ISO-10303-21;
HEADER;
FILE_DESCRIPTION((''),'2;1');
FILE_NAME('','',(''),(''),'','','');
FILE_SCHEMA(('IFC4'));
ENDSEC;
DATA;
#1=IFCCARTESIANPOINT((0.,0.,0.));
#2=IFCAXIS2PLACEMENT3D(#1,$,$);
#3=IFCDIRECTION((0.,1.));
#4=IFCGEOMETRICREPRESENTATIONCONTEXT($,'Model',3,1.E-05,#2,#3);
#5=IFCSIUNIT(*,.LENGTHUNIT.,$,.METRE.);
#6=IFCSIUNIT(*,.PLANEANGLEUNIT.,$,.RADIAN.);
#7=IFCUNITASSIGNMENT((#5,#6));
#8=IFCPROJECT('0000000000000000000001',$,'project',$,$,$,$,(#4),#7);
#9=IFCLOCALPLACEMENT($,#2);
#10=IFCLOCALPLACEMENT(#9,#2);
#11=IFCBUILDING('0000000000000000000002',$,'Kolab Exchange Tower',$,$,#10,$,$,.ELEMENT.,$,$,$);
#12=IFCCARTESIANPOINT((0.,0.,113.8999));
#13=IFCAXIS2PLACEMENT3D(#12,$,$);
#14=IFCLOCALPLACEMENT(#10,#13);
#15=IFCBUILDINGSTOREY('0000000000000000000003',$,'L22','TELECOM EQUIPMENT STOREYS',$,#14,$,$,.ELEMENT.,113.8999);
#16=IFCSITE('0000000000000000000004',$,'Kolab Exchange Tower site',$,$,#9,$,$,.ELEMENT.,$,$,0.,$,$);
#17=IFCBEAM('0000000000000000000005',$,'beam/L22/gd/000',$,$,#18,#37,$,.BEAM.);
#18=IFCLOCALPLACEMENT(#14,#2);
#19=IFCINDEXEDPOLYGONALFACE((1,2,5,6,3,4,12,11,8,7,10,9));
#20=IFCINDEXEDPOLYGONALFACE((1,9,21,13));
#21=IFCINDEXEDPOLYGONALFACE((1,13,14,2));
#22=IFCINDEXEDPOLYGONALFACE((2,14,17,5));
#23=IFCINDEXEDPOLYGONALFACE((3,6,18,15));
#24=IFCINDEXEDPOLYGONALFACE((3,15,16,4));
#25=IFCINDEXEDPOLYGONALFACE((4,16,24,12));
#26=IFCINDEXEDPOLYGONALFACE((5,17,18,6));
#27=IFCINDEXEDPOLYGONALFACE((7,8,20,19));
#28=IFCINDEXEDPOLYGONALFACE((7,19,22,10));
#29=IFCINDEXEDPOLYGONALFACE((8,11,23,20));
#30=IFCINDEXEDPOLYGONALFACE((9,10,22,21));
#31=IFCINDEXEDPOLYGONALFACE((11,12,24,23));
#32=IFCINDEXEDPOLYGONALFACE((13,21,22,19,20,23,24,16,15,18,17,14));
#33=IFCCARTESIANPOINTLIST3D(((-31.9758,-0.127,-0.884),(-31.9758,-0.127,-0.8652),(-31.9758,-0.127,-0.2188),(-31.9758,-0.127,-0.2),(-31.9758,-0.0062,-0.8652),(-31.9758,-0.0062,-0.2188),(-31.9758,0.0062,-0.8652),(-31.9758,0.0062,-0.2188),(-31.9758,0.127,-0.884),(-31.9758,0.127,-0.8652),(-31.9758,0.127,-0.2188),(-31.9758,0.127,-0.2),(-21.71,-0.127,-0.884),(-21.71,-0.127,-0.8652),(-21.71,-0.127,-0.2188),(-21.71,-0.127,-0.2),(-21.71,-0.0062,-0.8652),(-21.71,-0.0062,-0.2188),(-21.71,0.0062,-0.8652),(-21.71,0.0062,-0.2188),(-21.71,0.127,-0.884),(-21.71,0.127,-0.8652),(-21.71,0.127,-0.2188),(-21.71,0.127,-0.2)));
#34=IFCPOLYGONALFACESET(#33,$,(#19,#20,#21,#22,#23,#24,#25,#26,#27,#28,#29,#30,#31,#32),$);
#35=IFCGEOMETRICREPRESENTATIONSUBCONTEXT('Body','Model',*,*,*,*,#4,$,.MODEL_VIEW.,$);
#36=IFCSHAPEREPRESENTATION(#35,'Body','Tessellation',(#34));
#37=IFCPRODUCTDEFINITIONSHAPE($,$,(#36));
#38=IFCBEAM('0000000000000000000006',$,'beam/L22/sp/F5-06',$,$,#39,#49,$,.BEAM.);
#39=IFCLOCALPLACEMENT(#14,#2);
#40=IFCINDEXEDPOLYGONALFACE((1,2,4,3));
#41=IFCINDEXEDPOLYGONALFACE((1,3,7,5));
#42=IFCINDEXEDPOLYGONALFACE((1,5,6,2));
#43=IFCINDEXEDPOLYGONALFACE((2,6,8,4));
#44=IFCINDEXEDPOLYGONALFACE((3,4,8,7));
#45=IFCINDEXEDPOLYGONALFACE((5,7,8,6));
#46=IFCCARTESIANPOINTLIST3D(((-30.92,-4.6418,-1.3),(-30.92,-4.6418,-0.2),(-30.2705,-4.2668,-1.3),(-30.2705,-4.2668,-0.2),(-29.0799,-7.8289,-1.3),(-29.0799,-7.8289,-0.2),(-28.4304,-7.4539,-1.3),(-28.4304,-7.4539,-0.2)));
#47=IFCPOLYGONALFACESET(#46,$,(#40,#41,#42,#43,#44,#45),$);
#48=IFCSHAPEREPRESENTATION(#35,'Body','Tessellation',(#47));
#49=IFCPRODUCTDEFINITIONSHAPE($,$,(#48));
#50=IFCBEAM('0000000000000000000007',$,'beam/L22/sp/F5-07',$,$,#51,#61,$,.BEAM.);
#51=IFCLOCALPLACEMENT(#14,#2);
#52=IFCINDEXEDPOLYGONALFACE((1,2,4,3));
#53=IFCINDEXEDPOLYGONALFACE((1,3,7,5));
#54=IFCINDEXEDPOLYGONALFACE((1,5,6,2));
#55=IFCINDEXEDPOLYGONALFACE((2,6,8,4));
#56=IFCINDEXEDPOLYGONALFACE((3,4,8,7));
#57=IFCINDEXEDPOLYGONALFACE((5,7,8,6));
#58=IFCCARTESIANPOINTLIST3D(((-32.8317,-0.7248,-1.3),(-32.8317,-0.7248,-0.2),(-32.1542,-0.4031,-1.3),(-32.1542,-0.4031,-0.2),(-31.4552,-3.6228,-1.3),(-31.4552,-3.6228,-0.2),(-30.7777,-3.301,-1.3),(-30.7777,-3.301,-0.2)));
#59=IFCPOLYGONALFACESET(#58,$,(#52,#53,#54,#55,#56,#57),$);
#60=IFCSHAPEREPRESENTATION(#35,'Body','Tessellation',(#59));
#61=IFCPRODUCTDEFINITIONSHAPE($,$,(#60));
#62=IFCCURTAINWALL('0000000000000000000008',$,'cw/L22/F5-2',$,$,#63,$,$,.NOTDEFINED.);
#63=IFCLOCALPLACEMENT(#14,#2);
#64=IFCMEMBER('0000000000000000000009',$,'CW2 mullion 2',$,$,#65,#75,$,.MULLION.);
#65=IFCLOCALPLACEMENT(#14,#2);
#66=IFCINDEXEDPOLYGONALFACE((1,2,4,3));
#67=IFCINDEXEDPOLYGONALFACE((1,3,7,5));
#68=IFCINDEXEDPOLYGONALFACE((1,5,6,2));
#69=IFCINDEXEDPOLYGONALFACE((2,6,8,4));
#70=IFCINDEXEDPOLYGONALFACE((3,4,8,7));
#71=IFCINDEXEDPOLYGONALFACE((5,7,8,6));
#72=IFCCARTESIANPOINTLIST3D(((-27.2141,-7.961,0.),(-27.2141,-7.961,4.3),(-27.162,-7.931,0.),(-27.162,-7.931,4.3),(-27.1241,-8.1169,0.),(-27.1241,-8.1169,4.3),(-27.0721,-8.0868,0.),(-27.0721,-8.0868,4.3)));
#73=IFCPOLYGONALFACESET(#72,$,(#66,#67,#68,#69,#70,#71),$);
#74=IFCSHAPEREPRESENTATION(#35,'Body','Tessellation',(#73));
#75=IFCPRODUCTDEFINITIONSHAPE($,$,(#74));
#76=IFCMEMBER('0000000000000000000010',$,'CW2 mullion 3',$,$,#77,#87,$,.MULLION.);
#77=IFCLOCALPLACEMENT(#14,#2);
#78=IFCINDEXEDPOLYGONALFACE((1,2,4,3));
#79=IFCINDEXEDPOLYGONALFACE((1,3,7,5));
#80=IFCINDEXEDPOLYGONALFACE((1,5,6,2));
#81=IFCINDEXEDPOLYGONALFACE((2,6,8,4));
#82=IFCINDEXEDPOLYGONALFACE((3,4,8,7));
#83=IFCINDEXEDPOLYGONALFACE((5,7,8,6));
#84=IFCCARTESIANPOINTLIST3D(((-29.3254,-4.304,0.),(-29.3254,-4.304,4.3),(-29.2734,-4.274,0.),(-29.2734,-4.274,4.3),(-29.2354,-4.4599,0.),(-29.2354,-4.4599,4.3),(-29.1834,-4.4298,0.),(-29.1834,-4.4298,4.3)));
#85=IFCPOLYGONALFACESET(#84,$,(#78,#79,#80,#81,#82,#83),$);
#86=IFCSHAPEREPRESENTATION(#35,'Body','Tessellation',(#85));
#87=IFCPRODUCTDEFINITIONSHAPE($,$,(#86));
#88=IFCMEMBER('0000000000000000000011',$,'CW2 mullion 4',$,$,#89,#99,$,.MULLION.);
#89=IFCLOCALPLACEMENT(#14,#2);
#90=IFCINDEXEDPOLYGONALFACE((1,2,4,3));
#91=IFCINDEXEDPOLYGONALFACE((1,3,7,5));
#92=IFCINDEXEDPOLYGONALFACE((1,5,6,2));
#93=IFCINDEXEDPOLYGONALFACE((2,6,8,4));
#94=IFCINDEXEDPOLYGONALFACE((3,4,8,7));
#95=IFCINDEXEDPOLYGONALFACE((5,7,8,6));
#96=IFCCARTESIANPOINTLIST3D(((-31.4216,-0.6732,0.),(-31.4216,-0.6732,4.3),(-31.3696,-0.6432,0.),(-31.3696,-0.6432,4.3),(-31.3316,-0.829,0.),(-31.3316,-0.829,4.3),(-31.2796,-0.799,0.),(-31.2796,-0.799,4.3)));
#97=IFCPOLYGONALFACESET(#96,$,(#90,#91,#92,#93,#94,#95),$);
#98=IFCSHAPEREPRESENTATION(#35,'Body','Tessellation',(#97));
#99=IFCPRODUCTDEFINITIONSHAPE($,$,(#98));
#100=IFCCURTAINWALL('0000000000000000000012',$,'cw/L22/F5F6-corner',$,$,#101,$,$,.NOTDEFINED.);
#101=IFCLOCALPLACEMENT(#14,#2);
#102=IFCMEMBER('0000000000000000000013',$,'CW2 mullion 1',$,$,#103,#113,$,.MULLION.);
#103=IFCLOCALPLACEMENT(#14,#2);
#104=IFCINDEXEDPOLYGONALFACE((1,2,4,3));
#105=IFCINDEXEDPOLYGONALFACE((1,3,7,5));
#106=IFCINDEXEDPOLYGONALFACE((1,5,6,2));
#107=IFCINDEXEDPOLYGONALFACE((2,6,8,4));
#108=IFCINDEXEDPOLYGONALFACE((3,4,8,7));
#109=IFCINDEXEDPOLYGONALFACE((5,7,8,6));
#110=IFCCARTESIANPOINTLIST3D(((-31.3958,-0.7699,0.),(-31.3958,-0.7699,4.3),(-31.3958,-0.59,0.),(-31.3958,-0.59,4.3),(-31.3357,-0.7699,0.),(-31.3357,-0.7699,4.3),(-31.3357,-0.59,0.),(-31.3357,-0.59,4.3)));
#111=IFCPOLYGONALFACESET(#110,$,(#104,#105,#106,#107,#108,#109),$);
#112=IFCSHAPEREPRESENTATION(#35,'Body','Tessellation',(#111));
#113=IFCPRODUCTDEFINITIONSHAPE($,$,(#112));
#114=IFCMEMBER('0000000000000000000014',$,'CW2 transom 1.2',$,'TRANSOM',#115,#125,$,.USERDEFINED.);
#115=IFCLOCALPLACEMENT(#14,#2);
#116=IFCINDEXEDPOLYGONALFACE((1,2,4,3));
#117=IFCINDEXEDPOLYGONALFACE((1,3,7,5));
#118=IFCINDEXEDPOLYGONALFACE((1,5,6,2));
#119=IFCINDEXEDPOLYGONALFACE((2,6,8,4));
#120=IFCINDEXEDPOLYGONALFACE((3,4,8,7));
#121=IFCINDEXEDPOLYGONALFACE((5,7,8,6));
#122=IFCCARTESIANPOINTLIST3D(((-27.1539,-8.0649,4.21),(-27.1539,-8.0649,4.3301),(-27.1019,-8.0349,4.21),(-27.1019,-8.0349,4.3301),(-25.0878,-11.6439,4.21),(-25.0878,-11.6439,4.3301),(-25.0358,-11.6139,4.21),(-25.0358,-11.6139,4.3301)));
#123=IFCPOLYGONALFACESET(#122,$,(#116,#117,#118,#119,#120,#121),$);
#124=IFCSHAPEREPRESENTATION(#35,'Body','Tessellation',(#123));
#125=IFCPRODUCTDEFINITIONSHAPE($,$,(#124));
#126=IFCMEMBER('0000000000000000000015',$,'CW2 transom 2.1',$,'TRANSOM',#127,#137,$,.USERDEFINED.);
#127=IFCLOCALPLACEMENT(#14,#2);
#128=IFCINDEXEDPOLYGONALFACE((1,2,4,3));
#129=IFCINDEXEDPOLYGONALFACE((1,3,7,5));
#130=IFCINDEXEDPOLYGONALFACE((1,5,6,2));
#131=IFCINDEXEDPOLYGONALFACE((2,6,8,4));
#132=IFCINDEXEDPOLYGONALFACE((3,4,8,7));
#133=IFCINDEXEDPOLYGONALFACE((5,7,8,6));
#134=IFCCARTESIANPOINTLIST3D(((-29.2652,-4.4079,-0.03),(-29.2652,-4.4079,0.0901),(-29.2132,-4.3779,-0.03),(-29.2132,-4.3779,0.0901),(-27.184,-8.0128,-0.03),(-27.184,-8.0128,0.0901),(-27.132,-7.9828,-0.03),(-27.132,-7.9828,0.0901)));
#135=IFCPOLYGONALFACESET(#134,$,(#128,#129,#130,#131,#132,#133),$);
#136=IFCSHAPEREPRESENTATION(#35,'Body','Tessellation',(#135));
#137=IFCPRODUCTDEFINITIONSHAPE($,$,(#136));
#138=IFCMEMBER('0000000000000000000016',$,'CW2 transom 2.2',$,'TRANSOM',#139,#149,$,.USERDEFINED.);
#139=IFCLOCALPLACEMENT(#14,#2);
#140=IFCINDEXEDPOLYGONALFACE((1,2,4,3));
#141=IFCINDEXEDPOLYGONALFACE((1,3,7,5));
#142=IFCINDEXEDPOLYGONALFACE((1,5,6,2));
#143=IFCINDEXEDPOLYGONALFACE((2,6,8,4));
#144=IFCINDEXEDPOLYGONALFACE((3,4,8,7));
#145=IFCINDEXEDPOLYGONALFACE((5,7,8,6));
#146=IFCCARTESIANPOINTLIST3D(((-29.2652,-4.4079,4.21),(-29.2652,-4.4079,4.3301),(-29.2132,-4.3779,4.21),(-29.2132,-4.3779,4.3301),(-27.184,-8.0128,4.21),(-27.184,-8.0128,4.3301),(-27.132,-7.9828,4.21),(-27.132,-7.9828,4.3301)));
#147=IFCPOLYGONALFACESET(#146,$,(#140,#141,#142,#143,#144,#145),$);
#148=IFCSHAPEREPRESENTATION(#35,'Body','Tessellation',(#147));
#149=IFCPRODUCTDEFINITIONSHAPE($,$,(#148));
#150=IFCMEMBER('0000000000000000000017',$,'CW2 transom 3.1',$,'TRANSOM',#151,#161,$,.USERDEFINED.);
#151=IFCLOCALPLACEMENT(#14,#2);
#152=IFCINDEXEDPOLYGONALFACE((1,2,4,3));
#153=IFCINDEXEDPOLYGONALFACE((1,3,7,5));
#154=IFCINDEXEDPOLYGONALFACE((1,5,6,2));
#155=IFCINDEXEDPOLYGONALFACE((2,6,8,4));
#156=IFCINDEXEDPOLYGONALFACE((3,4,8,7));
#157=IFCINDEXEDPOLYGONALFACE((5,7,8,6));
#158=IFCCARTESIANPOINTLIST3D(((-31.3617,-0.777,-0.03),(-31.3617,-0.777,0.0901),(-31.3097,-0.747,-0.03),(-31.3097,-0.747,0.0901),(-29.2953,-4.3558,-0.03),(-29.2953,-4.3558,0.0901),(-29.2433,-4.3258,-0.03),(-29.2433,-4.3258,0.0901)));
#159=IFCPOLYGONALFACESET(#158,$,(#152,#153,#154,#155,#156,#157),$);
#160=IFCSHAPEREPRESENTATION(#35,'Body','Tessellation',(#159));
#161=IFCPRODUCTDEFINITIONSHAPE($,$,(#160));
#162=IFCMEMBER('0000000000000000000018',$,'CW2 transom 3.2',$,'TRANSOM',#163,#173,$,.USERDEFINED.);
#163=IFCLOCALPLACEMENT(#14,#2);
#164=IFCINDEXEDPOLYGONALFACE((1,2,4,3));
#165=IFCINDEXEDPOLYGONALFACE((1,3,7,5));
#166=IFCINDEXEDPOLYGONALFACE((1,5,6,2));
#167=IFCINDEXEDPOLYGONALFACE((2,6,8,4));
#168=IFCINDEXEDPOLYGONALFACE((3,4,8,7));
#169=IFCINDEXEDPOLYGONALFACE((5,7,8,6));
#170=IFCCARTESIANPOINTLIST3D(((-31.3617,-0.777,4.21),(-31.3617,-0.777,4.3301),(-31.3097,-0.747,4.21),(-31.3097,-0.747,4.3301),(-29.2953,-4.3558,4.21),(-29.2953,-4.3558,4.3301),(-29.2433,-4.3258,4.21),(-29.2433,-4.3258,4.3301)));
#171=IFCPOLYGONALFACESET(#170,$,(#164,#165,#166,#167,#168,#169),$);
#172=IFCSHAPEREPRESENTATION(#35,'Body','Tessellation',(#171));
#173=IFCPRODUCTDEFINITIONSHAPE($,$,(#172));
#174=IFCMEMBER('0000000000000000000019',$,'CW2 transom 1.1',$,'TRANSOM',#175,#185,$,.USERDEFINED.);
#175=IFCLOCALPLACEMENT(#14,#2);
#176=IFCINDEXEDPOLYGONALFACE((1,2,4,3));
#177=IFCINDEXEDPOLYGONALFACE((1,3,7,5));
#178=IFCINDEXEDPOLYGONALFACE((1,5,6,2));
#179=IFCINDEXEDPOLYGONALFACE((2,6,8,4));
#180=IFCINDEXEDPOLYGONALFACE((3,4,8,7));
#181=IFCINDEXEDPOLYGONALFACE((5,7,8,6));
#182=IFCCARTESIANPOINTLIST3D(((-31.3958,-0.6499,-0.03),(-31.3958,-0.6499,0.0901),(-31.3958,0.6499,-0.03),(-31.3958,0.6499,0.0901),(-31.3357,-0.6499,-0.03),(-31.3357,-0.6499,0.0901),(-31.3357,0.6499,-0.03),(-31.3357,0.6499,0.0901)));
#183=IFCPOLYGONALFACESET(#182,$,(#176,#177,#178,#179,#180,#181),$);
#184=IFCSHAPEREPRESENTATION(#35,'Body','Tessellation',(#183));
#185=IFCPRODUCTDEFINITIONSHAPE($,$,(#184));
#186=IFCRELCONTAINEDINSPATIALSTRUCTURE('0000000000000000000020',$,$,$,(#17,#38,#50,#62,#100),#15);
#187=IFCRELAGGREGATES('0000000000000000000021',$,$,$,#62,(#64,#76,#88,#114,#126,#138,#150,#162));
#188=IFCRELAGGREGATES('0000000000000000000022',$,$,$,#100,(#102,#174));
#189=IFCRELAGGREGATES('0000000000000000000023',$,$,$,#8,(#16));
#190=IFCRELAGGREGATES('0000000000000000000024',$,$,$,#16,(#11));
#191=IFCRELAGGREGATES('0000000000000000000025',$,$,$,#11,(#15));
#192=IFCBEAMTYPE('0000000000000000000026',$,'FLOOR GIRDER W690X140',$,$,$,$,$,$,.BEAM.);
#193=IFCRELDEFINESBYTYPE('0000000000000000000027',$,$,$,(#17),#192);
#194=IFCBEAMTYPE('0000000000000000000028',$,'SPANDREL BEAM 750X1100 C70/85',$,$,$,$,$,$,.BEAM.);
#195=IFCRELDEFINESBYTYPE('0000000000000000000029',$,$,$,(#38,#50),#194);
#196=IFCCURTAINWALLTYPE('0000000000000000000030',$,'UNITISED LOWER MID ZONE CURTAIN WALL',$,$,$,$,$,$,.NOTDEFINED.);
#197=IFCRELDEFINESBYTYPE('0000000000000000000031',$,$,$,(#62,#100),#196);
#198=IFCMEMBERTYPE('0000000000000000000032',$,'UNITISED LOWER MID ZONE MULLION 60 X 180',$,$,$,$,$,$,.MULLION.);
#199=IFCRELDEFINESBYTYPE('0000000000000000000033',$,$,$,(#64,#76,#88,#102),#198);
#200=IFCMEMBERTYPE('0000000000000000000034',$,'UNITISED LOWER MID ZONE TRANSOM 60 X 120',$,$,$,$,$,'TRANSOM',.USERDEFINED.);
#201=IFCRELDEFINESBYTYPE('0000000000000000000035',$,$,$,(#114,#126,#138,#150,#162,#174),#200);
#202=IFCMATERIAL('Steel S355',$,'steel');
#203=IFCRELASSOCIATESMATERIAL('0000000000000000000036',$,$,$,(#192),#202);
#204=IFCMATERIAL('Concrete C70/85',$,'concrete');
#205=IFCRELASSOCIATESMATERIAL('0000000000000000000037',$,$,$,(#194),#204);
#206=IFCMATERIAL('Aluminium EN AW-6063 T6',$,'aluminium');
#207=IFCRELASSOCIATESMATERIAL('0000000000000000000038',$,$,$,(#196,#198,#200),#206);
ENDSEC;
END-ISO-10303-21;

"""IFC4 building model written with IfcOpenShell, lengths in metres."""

from ifc_helpers import new_model, si_unit, direction, frame, origin, origin_2d, place, context, subcontext, project, spatial, rectangle, i_section, extrude, material, material_profile, profile_set, type_object, element, aggregate, save


model = new_model("IFC4")

# Units and contexts
model_context = context("Model", 3, precision=1e-05, world=origin(), true_north=direction((0.0, 1.0)))
body_context = subcontext(model_context, "Body", "Model", "MODEL_VIEW")
ifc_project = project(units=[si_unit("LENGTHUNIT", "METRE"), si_unit("PLANEANGLEUNIT", "RADIAN")], contexts=[model_context])

# Site, building, storey
site_placement = place(None, origin())
site = spatial("IfcSite", under=ifc_project, at=site_placement, Name="Kolab Exchange Tower site", CompositionType="ELEMENT", RefElevation=0.0)
building_placement = place(site_placement, origin())
building = spatial("IfcBuilding", under=site, at=building_placement, Name="Kolab Exchange Tower", CompositionType="ELEMENT")
storey_placement = place(building_placement, frame((0.0, 0.0, 113.8999)))
storey = spatial("IfcBuildingStorey", under=building, at=storey_placement, Name="L22", Description="TELECOM EQUIPMENT STOREYS", CompositionType="ELEMENT", Elevation=113.8999)

# Shared definitions
ifc_material_1 = material(Name="Concrete C70/85", Category="concrete")

# Beams
ifc_material_2 = material(Name="Steel S355", Category="steel")
ifc_material_profile_1 = material_profile(ifc_material_2, i_section(OverallWidth=0.2539, OverallDepth=0.6841, WebThickness=0.0125, FlangeThickness=0.0188, at=origin_2d()), Name="W690X140")
ifc_profile_set_1 = profile_set([ifc_material_profile_1], Name="Steel S355")
beam_type_1 = type_object("IfcBeamType", Name="FLOOR GIRDER W690X140", PredefinedType="BEAM", material=ifc_profile_set_1)
beam_1_placement = place(storey_placement, frame((-31.9758, 0.0, -0.542), z_axis=(1.0, 0.0, 0.0), x_axis=(0.0, 1.0, 0.0)))
element("IfcBeam", 1, at=beam_1_placement, inside=storey, type_object=beam_type_1, Name="beam/L22/gd/000", PredefinedType="BEAM", context=body_context, shape_type="SweptSolid", body=[
    extrude(i_section(OverallWidth=0.2539, OverallDepth=0.6841, WebThickness=0.0125, FlangeThickness=0.0188, at=origin_2d()), origin(), (0.0, 0.0, 1.0), 10.2659),
])
ifc_material_profile_2 = material_profile(ifc_material_1, rectangle(XDim=0.75, YDim=1.1001, at=origin_2d()), Name="RC750X1100")
ifc_profile_set_2 = profile_set([ifc_material_profile_2], Name="Concrete C70/85")
beam_type_2 = type_object("IfcBeamType", Name="SPANDREL BEAM 750X1100 C70/85", PredefinedType="BEAM", material=ifc_profile_set_2)
beam_2_placement = place(storey_placement, frame((-28.7551, -7.6414, -0.75), z_axis=(-0.500013, 0.866018, 0.0), x_axis=(-0.866018, -0.500013, 0.0)))
element("IfcBeam", 2, at=beam_2_placement, inside=storey, type_object=beam_type_2, Name="beam/L22/sp/F5-06", PredefinedType="BEAM", context=body_context, shape_type="SweptSolid", body=[
    extrude(rectangle(XDim=0.75, YDim=1.1001, at=origin_2d()), origin(), (0.0, 0.0, 1.0), 3.6802),
])
beam_3_placement = place(storey_placement, frame((-31.1165, -3.4619, -0.75), z_axis=(-0.429041, 0.903285, 0.0), x_axis=(-0.903285, -0.429041, 0.0)))
element("IfcBeam", 3, at=beam_3_placement, inside=storey, type_object=beam_type_2, Name="beam/L22/sp/F5-07", PredefinedType="BEAM", context=body_context, shape_type="SweptSolid", body=[
    extrude(rectangle(XDim=0.75, YDim=1.1001, at=origin_2d()), origin(), (0.0, 0.0, 1.0), 3.2083),
])

# Curtain wall, members
ifc_material_3 = material(Name="Aluminium EN AW-6063 T6", Category="aluminium")
curtain_wall_type = type_object("IfcCurtainWallType", Name="UNITISED LOWER MID ZONE CURTAIN WALL", PredefinedType="NOTDEFINED", material=ifc_material_3)
curtain_wall_1_placement = place(storey_placement, origin())
curtain_wall_1 = element("IfcCurtainWall", 4, at=curtain_wall_1_placement, inside=storey, type_object=curtain_wall_type, Name="cw/L22/F5-2", PredefinedType="NOTDEFINED")
ifc_material_profile_3 = material_profile(ifc_material_3, rectangle(XDim=0.0601, YDim=0.1799, at=origin_2d()), Name="RECT 60X180")
ifc_profile_set_3 = profile_set([ifc_material_profile_3], Name="Aluminium EN AW-6063 T6")
member_type_1 = type_object("IfcMemberType", Name="UNITISED LOWER MID ZONE MULLION 60 X 180", PredefinedType="MULLION", material=ifc_profile_set_3)
member_1_placement = place(storey_placement, frame((-27.1431, -8.0239, 0.0), z_axis=(0.0, 0.0, 1.0), x_axis=(-0.866025, -0.5, 0.0)))
member_1 = element("IfcMember", 5, at=member_1_placement, type_object=member_type_1, Name="CW2 mullion 2", PredefinedType="MULLION", context=body_context, shape_type="SweptSolid", body=[
    extrude(rectangle(XDim=0.0601, YDim=0.1799, at=origin_2d()), origin(), (0.0, 0.0, 1.0), 4.3),
])
member_2_placement = place(storey_placement, frame((-29.2544, -4.3669, 0.0), z_axis=(0.0, 0.0, 1.0), x_axis=(-0.866025, -0.5, 0.0)))
member_2 = element("IfcMember", 6, at=member_2_placement, type_object=member_type_1, Name="CW2 mullion 3", PredefinedType="MULLION", context=body_context, shape_type="SweptSolid", body=[
    extrude(rectangle(XDim=0.0601, YDim=0.1799, at=origin_2d()), origin(), (0.0, 0.0, 1.0), 4.3),
])
member_3_placement = place(storey_placement, frame((-31.3506, -0.7361, 0.0), z_axis=(0.0, 0.0, 1.0), x_axis=(-0.866025, -0.5, 0.0)))
member_3 = element("IfcMember", 7, at=member_3_placement, type_object=member_type_1, Name="CW2 mullion 4", PredefinedType="MULLION", context=body_context, shape_type="SweptSolid", body=[
    extrude(rectangle(XDim=0.0601, YDim=0.1799, at=origin_2d()), origin(), (0.0, 0.0, 1.0), 4.3),
])

# Curtain wall, member
curtain_wall_2_placement = place(storey_placement, origin())
curtain_wall_2 = element("IfcCurtainWall", 8, at=curtain_wall_2_placement, inside=storey, type_object=curtain_wall_type, Name="cw/L22/F5F6-corner", PredefinedType="NOTDEFINED")
member_4_placement = place(storey_placement, frame((-31.3657, -0.6799, 0.0), z_axis=(0.0, 0.0, 1.0), x_axis=(-1.0, 0.0, 0.0)))
member_4 = element("IfcMember", 9, at=member_4_placement, type_object=member_type_1, Name="CW2 mullion 1", PredefinedType="MULLION", context=body_context, shape_type="SweptSolid", body=[
    extrude(rectangle(XDim=0.0601, YDim=0.1799, at=origin_2d()), origin(), (0.0, 0.0, 1.0), 4.3),
])

# Members
ifc_material_profile_4 = material_profile(ifc_material_3, rectangle(XDim=0.0601, YDim=0.1201, at=origin_2d()), Name="RECT 60X120")
ifc_profile_set_4 = profile_set([ifc_material_profile_4], Name="Aluminium EN AW-6063 T6")
member_type_2 = type_object("IfcMemberType", Name="UNITISED LOWER MID ZONE TRANSOM 60 X 120", ElementType="TRANSOM", PredefinedType="USERDEFINED", material=ifc_profile_set_4)
member_5_placement = place(storey_placement, frame((-25.0618, -11.6289, 4.27), z_axis=(-0.499958, 0.86605, 0.0), x_axis=(-0.86605, -0.499958, 0.0)))
member_5 = element("IfcMember", 10, at=member_5_placement, type_object=member_type_2, Name="CW2 transom 1.2", ObjectType="TRANSOM", PredefinedType="USERDEFINED", context=body_context, shape_type="SweptSolid", body=[
    extrude(rectangle(XDim=0.0601, YDim=0.1201, at=origin_2d()), origin(), (0.0, 0.0, 1.0), 4.1326),
])
member_6_placement = place(storey_placement, frame((-27.158, -7.9978, 0.03), z_axis=(-0.499993, 0.866029, 0.0), x_axis=(-0.866029, -0.499993, 0.0)))
member_6 = element("IfcMember", 11, at=member_6_placement, type_object=member_type_2, Name="CW2 transom 2.1", ObjectType="TRANSOM", PredefinedType="USERDEFINED", context=body_context, shape_type="SweptSolid", body=[
    extrude(rectangle(XDim=0.0601, YDim=0.1201, at=origin_2d()), origin(), (0.0, 0.0, 1.0), 4.1626),
])
member_7_placement = place(storey_placement, frame((-27.158, -7.9978, 4.27), z_axis=(-0.499993, 0.866029, 0.0), x_axis=(-0.866029, -0.499993, 0.0)))
member_7 = element("IfcMember", 12, at=member_7_placement, type_object=member_type_2, Name="CW2 transom 2.2", ObjectType="TRANSOM", PredefinedType="USERDEFINED", context=body_context, shape_type="SweptSolid", body=[
    extrude(rectangle(XDim=0.0601, YDim=0.1201, at=origin_2d()), origin(), (0.0, 0.0, 1.0), 4.1626),
])
member_8_placement = place(storey_placement, frame((-29.2693, -4.3408, 0.03), z_axis=(-0.500028, 0.866009, 0.0), x_axis=(-0.866009, -0.500028, 0.0)))
member_8 = element("IfcMember", 13, at=member_8_placement, type_object=member_type_2, Name="CW2 transom 3.1", ObjectType="TRANSOM", PredefinedType="USERDEFINED", context=body_context, shape_type="SweptSolid", body=[
    extrude(rectangle(XDim=0.0601, YDim=0.1201, at=origin_2d()), origin(), (0.0, 0.0, 1.0), 4.1326),
])
member_9_placement = place(storey_placement, frame((-29.2693, -4.3408, 4.27), z_axis=(-0.500028, 0.866009, 0.0), x_axis=(-0.866009, -0.500028, 0.0)))
member_9 = element("IfcMember", 14, at=member_9_placement, type_object=member_type_2, Name="CW2 transom 3.2", ObjectType="TRANSOM", PredefinedType="USERDEFINED", context=body_context, shape_type="SweptSolid", body=[
    extrude(rectangle(XDim=0.0601, YDim=0.1201, at=origin_2d()), origin(), (0.0, 0.0, 1.0), 4.1326),
])
member_10_placement = place(storey_placement, frame((-31.3657, -0.6499, 0.03), z_axis=(0.0, 1.0, 0.0), x_axis=(-1.0, 0.0, 0.0)))
member_10 = element("IfcMember", 15, at=member_10_placement, type_object=member_type_2, Name="CW2 transom 1.1", ObjectType="TRANSOM", PredefinedType="USERDEFINED", context=body_context, shape_type="SweptSolid", body=[
    extrude(rectangle(XDim=0.0601, YDim=0.1201, at=origin_2d()), origin(), (0.0, 0.0, 1.0), 1.2998),
])

aggregate(curtain_wall_1, [member_1, member_2, member_3, member_5, member_6, member_7, member_8, member_9])
aggregate(curtain_wall_2, [member_4, member_10])

save(model, "model.ifc")
